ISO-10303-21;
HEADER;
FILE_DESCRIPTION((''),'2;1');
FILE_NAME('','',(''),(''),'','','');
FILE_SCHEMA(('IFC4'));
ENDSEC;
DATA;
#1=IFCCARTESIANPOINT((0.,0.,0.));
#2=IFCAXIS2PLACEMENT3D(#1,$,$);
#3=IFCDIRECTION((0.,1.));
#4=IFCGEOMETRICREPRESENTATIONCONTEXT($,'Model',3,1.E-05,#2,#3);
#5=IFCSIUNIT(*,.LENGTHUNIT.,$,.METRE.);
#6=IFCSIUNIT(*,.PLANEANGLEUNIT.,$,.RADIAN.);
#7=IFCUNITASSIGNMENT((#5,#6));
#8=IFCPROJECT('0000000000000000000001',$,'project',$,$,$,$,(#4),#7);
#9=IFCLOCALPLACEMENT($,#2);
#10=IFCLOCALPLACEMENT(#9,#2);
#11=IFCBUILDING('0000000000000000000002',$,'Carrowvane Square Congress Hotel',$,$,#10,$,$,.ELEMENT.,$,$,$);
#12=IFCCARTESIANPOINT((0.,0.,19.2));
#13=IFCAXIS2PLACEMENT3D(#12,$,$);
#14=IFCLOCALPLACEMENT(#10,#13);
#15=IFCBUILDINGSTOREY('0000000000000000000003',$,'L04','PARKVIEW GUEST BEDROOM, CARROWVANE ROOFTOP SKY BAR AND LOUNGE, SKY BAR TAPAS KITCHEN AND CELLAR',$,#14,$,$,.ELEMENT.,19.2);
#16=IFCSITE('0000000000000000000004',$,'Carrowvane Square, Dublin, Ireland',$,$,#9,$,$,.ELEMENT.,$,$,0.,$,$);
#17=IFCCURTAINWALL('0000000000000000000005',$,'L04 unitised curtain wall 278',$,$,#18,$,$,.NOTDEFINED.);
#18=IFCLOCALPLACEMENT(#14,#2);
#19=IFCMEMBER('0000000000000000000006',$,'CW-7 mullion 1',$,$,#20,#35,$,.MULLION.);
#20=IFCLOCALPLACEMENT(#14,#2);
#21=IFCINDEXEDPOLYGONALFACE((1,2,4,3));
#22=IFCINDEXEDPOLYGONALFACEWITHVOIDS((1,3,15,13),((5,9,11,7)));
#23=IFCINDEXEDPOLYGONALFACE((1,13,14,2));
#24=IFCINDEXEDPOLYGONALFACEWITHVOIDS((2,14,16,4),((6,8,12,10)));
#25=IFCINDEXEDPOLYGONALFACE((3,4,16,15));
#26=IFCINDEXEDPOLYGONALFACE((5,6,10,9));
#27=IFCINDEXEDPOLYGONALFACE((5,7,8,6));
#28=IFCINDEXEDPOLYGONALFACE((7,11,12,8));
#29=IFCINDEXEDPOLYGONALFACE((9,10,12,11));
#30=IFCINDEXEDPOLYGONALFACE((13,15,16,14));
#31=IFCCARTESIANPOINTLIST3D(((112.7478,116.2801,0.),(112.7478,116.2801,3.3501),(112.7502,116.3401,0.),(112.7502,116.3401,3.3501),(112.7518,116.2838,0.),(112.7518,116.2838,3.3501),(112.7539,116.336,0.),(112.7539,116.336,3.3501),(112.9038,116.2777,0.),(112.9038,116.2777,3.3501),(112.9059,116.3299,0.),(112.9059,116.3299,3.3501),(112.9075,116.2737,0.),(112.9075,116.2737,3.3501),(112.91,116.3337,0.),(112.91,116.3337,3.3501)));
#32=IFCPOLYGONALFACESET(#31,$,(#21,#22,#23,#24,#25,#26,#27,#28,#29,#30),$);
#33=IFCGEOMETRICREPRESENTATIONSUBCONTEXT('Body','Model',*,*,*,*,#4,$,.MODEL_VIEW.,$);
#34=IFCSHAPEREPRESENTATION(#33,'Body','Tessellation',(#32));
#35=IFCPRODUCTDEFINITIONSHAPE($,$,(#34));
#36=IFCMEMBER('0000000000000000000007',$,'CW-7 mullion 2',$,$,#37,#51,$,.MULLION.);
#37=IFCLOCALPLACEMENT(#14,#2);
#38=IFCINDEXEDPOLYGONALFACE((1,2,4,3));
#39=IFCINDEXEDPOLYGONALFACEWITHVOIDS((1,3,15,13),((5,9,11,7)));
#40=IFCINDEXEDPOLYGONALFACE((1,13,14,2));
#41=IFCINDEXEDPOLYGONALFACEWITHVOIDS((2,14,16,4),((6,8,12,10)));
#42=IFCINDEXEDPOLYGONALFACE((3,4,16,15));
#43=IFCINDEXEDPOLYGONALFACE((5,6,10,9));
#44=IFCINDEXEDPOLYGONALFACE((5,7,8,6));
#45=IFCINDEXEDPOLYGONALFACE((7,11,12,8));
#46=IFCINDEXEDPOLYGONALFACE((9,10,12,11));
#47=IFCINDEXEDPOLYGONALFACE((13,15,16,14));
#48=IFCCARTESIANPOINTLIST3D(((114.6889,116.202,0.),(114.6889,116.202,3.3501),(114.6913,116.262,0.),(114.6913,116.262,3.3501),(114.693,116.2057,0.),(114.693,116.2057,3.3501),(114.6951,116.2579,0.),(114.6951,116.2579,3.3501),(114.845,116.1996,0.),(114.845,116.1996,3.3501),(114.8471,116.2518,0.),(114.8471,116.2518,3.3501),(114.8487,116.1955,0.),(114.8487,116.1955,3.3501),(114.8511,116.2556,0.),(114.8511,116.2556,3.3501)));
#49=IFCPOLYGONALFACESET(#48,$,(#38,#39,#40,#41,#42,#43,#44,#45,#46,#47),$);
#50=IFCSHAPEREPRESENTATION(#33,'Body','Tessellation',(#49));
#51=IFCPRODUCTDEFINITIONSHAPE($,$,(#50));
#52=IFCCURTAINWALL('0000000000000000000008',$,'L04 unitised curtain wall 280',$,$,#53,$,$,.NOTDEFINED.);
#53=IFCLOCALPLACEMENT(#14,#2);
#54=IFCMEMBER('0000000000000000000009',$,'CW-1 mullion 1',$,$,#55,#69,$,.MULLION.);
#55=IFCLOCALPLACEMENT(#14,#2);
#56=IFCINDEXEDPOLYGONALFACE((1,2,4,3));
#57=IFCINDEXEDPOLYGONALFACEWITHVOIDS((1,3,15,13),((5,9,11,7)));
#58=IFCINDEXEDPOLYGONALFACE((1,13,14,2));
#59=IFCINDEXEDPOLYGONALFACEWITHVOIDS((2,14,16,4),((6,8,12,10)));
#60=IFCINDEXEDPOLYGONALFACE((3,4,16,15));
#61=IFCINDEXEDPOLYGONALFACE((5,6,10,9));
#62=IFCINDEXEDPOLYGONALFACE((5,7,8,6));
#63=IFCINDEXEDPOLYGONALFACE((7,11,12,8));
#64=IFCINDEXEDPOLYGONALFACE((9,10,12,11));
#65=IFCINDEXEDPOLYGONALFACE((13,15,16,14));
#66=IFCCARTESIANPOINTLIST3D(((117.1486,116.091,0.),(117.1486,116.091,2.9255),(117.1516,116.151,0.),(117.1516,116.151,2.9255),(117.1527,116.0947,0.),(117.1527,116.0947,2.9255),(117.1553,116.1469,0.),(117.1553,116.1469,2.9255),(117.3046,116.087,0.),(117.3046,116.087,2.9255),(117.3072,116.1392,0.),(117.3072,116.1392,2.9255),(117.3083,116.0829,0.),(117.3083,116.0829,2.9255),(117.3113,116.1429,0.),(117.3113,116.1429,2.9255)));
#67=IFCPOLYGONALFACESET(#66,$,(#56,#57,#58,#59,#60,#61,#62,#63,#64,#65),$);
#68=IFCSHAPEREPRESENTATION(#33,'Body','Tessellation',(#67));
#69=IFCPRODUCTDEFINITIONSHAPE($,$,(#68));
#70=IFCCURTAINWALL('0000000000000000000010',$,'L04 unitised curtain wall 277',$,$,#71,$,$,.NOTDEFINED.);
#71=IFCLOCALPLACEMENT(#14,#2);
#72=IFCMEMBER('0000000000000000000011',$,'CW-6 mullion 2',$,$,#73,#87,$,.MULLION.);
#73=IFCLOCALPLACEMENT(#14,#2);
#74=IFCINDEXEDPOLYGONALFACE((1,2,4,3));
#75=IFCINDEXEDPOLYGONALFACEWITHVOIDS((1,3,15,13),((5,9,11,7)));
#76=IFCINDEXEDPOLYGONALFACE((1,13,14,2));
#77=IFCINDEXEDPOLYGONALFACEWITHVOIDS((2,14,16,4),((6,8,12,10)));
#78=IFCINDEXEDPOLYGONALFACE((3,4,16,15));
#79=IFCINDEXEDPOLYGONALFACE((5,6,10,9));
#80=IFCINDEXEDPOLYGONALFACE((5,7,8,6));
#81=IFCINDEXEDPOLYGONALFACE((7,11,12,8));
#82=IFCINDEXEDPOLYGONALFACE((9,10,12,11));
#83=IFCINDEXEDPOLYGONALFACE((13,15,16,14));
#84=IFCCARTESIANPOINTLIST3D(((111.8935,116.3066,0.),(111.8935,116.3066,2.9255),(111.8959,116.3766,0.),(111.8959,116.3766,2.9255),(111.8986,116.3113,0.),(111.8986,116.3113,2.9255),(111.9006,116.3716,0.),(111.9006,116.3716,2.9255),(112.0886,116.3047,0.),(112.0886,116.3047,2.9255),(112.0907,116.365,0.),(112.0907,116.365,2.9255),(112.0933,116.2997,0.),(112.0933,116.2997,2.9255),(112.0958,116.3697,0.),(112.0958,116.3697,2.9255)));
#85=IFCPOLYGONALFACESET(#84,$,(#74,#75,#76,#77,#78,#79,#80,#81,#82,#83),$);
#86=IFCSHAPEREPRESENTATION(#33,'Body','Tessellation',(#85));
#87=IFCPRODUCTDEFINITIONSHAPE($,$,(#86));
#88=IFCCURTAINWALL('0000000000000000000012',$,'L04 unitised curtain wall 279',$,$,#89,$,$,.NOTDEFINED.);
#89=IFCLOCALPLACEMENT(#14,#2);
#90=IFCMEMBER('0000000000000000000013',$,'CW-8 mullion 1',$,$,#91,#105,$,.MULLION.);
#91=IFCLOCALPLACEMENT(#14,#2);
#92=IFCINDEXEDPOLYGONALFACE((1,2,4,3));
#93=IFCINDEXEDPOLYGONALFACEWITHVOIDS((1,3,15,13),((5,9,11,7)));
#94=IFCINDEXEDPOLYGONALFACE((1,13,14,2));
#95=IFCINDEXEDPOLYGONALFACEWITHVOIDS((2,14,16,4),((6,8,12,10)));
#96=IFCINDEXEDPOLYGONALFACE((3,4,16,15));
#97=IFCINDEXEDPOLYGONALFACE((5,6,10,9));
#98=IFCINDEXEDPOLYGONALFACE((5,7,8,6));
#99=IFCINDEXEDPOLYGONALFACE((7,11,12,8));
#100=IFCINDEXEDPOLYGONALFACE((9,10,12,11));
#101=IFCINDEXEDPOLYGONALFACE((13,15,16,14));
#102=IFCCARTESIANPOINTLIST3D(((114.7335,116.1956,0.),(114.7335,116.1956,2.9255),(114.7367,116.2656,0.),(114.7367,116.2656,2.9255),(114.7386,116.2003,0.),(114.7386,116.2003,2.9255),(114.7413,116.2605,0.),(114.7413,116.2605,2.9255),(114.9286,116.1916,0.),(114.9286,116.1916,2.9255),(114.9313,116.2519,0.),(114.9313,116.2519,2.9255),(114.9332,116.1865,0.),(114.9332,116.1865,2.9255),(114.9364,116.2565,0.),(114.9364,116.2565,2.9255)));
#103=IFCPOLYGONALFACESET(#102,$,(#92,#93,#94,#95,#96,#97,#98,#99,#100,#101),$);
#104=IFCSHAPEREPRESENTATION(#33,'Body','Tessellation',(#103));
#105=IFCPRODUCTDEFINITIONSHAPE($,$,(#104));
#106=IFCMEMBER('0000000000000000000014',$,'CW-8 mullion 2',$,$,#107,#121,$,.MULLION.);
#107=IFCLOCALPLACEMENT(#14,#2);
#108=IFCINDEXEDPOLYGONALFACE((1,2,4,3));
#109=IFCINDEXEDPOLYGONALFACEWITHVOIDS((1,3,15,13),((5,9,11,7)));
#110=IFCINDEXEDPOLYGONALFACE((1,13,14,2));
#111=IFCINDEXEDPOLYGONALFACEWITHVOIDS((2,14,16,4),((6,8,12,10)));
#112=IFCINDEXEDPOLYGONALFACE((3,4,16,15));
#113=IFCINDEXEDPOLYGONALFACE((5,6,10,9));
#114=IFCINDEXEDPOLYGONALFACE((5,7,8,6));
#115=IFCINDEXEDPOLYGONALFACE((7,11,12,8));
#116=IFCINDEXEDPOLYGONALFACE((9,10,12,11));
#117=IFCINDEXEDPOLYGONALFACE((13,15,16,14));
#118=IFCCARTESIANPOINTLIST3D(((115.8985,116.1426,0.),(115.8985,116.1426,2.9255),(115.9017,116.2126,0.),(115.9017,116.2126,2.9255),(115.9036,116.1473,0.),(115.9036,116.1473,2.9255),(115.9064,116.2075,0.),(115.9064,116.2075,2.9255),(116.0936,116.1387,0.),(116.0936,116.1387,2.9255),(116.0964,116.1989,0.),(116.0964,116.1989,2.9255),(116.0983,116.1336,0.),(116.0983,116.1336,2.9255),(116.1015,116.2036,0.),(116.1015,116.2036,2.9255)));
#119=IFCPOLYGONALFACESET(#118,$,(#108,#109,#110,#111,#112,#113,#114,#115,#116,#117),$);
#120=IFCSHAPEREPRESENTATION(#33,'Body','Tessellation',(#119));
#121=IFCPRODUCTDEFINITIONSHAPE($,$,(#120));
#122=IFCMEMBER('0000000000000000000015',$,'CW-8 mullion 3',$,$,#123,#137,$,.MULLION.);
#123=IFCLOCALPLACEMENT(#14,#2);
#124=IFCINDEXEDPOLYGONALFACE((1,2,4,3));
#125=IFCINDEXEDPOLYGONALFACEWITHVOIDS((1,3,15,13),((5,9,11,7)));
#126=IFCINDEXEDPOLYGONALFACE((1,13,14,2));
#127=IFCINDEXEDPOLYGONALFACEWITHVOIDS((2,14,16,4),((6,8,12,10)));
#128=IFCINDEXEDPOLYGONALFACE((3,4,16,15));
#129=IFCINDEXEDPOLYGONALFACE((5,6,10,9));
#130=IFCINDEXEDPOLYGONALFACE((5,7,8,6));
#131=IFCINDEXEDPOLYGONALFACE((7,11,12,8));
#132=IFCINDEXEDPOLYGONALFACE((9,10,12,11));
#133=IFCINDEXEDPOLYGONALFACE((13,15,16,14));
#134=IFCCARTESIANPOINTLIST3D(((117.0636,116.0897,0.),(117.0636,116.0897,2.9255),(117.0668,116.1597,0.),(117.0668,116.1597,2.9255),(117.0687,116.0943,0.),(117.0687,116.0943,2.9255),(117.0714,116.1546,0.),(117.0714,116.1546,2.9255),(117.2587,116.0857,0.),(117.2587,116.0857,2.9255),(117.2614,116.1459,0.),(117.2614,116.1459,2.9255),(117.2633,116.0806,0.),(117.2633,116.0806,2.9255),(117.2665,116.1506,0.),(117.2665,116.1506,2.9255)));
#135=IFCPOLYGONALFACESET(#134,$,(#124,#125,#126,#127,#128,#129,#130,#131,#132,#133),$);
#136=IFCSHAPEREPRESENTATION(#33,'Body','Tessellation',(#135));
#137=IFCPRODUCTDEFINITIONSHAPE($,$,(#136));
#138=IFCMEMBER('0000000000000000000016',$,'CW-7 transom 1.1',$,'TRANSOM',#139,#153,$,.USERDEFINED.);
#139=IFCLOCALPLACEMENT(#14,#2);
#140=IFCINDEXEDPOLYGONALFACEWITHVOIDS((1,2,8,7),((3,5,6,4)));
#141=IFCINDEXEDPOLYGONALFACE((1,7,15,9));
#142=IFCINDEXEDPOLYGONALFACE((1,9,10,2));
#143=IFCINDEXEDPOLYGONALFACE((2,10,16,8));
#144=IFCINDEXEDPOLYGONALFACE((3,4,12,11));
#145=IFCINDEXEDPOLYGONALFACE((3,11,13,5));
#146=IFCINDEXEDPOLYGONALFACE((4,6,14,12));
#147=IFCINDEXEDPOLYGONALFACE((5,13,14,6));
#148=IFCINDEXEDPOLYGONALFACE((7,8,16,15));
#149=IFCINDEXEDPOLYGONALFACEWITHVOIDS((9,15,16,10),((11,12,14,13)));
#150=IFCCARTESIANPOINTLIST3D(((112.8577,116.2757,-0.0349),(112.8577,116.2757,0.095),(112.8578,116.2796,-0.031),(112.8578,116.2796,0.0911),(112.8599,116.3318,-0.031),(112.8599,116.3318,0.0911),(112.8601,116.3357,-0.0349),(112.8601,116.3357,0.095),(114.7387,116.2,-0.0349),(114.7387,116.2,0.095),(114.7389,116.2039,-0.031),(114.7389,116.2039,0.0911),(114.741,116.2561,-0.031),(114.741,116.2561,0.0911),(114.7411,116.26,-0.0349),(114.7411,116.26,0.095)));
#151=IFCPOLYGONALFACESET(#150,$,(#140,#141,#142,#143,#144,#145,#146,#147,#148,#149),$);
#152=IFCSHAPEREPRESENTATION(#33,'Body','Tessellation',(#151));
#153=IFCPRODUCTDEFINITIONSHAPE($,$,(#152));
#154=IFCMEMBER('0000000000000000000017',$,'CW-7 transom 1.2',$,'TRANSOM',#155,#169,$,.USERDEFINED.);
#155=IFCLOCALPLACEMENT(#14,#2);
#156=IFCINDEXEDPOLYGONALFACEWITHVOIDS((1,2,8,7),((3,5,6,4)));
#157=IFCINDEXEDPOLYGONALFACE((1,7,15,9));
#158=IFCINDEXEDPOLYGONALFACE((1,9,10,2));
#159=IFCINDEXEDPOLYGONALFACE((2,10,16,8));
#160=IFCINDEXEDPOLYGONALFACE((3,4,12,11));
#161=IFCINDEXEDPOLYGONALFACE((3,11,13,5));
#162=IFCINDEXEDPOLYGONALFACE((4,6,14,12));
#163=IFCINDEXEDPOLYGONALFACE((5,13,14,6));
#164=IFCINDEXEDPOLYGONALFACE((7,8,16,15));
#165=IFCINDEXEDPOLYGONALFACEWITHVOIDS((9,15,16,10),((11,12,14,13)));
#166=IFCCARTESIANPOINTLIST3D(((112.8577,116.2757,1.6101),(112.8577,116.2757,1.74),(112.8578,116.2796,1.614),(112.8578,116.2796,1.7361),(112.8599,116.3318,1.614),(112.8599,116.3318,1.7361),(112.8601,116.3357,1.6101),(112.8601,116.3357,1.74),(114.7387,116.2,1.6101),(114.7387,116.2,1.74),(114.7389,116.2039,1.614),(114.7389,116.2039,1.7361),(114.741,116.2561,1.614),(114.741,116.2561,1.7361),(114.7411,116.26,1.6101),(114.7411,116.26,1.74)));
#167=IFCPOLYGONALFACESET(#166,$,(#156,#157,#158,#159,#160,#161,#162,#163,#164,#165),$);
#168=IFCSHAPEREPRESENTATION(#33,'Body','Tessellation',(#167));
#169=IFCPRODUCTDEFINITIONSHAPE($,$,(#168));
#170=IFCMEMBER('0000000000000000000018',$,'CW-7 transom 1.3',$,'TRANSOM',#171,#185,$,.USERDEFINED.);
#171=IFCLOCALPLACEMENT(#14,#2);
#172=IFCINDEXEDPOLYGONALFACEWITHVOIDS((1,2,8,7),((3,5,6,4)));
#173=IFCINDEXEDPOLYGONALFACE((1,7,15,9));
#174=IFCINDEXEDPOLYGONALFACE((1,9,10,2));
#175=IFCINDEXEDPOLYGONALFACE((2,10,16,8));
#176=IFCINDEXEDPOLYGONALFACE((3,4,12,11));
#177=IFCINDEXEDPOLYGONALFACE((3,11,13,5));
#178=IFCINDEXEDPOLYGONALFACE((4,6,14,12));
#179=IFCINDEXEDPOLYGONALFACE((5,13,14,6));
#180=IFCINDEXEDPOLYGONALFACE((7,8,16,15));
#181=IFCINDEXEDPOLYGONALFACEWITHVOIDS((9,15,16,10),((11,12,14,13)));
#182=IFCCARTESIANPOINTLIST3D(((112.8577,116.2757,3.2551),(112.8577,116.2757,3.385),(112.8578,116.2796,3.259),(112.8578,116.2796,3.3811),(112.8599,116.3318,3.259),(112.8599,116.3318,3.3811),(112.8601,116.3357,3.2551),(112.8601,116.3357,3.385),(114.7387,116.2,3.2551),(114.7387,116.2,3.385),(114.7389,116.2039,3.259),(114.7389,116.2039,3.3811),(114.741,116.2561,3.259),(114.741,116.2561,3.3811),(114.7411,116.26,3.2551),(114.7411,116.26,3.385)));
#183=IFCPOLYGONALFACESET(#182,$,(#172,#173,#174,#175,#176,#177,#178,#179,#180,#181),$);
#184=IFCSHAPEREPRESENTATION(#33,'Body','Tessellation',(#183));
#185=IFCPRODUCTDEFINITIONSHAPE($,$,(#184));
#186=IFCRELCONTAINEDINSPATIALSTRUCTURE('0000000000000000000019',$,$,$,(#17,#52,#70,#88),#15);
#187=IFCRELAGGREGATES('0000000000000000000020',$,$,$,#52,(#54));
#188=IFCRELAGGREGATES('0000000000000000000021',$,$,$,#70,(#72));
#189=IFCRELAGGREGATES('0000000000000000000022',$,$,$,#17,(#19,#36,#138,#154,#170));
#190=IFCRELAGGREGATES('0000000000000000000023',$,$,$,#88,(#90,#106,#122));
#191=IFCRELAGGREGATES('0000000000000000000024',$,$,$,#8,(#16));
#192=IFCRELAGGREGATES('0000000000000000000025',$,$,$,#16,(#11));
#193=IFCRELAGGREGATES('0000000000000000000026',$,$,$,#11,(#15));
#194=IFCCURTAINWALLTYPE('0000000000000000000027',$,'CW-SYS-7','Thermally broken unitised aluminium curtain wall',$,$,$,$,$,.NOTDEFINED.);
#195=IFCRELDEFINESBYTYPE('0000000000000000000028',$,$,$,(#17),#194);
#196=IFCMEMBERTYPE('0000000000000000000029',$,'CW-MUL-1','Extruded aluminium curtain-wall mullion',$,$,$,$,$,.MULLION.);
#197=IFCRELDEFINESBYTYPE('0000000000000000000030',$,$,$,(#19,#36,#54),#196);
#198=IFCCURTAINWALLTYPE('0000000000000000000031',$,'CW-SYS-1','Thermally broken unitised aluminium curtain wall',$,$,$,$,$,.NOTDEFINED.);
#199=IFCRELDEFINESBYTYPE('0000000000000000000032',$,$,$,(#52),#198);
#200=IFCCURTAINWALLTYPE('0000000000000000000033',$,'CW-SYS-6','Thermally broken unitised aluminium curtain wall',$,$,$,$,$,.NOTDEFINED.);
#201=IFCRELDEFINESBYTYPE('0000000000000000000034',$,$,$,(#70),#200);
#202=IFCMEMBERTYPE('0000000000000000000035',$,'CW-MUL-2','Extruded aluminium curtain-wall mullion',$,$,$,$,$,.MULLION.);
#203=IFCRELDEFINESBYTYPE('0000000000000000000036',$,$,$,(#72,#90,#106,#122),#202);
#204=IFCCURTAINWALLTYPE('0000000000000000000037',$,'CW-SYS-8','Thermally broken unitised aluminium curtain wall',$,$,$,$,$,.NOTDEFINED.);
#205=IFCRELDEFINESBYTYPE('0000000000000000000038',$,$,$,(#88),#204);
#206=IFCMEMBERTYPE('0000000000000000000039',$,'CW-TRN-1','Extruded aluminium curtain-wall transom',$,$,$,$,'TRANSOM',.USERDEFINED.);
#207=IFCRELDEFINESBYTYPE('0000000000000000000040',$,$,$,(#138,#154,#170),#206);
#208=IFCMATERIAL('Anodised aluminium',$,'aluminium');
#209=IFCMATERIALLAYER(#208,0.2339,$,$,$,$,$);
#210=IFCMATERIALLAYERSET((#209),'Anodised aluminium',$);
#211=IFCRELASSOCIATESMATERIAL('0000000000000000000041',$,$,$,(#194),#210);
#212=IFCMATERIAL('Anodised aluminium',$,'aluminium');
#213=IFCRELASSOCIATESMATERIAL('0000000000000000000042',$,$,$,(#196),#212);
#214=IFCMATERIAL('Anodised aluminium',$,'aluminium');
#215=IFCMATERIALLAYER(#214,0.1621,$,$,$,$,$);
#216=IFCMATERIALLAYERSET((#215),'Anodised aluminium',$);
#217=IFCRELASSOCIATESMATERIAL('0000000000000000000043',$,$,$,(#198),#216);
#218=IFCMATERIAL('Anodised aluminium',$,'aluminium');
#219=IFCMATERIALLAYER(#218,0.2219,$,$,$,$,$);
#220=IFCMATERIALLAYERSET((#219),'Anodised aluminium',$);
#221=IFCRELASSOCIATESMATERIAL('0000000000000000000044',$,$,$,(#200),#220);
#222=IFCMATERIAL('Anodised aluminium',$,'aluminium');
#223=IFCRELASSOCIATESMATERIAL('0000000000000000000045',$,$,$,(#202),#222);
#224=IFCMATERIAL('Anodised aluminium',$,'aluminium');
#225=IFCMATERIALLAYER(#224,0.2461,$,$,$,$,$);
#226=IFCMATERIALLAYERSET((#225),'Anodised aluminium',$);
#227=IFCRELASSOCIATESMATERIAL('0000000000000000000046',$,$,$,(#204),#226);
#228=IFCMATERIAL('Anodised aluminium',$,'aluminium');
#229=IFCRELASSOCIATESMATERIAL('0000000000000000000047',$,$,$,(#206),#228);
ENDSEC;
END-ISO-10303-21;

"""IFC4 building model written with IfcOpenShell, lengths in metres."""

from ifc_helpers import new_model, si_unit, direction, frame, origin, origin_2d, place, context, subcontext, project, spatial, hollow_rectangle, extrude, material, layer, layer_set, material_profile, profile_set, type_object, element, aggregate, save


model = new_model("IFC4")

# Units and contexts
model_context = context("Model", 3, precision=1e-05, world=origin(), true_north=direction((0.0, 1.0)))
body_context = subcontext(model_context, "Body", "Model", "MODEL_VIEW")
ifc_project = project(units=[si_unit("LENGTHUNIT", "METRE"), si_unit("PLANEANGLEUNIT", "RADIAN")], contexts=[model_context])

# Site, building, storey
site_placement = place(None, origin())
site = spatial("IfcSite", under=ifc_project, at=site_placement, Name="Carrowvane Square, Dublin, Ireland", CompositionType="ELEMENT", RefElevation=0.0)
building_placement = place(site_placement, origin())
building = spatial("IfcBuilding", under=site, at=building_placement, Name="Carrowvane Square Congress Hotel", CompositionType="ELEMENT")
storey_placement = place(building_placement, frame((0.0, 0.0, 19.2)))
storey = spatial("IfcBuildingStorey", under=building, at=storey_placement, Name="L04", Description="PARKVIEW GUEST BEDROOM, CARROWVANE ROOFTOP SKY BAR AND LOUNGE, SKY BAR TAPAS KITCHEN AND CELLAR", CompositionType="ELEMENT", Elevation=19.2)

# Curtain wall, members
ifc_material_1 = material(Name="Anodised aluminium", Category="aluminium")
ifc_layer_1 = layer(ifc_material_1, 0.2339)
ifc_layer_set_1 = layer_set([ifc_layer_1], Name="Anodised aluminium")
curtain_wall_type_1 = type_object("IfcCurtainWallType", Name="CW-SYS-7", Description="Thermally broken unitised aluminium curtain wall", PredefinedType="NOTDEFINED", material=ifc_layer_set_1)
curtain_wall_1_placement = place(storey_placement, origin())
curtain_wall_1 = element("IfcCurtainWall", 1, at=curtain_wall_1_placement, inside=storey, type_object=curtain_wall_type_1, Name="L04 unitised curtain wall 278", PredefinedType="NOTDEFINED")
ifc_material_2 = material(Name="Anodised aluminium", Category="aluminium")
ifc_material_profile_1 = material_profile(ifc_material_2, hollow_rectangle(XDim=0.0601, YDim=0.1599, WallThickness=0.0039, at=origin_2d()), Name="CW-ML 60x160x4")
ifc_profile_set_1 = profile_set([ifc_material_profile_1], Name="Anodised aluminium")
member_type_1 = type_object("IfcMemberType", Name="CW-MUL-1", Description="Extruded aluminium curtain-wall mullion", PredefinedType="MULLION", material=ifc_profile_set_1)
member_1_placement = place(storey_placement, frame((112.8289, 116.3069, 0.0), z_axis=(0.0, 0.0, 1.0), x_axis=(0.040131, 0.999194, 0.0)))
member_1 = element("IfcMember", 2, at=member_1_placement, type_object=member_type_1, Name="CW-7 mullion 1", PredefinedType="MULLION", context=body_context, shape_type="SweptSolid", body=[
    extrude(hollow_rectangle(XDim=0.0601, YDim=0.1599, WallThickness=0.0039, at=origin_2d()), origin(), (0.0, 0.0, 1.0), 3.3501),
])
member_2_placement = place(storey_placement, frame((114.77, 116.2288, 0.0), z_axis=(0.0, 0.0, 1.0), x_axis=(0.040131, 0.999194, 0.0)))
member_2 = element("IfcMember", 3, at=member_2_placement, type_object=member_type_1, Name="CW-7 mullion 2", PredefinedType="MULLION", context=body_context, shape_type="SweptSolid", body=[
    extrude(hollow_rectangle(XDim=0.0601, YDim=0.1599, WallThickness=0.0039, at=origin_2d()), origin(), (0.0, 0.0, 1.0), 3.3501),
])

# Curtain walls, members
ifc_material_3 = material(Name="Anodised aluminium", Category="aluminium")
ifc_layer_2 = layer(ifc_material_3, 0.1621)
ifc_layer_set_2 = layer_set([ifc_layer_2], Name="Anodised aluminium")
curtain_wall_type_2 = type_object("IfcCurtainWallType", Name="CW-SYS-1", Description="Thermally broken unitised aluminium curtain wall", PredefinedType="NOTDEFINED", material=ifc_layer_set_2)
curtain_wall_2_placement = place(storey_placement, origin())
curtain_wall_2 = element("IfcCurtainWall", 4, at=curtain_wall_2_placement, inside=storey, type_object=curtain_wall_type_2, Name="L04 unitised curtain wall 280", PredefinedType="NOTDEFINED")
member_3_placement = place(storey_placement, frame((117.23, 116.1169, 0.0), z_axis=(0.0, 0.0, 1.0), x_axis=(0.050324, 0.998733, 0.0)))
member_3 = element("IfcMember", 5, at=member_3_placement, type_object=member_type_1, Name="CW-1 mullion 1", PredefinedType="MULLION", context=body_context, shape_type="SweptSolid", body=[
    extrude(hollow_rectangle(XDim=0.0601, YDim=0.1599, WallThickness=0.0039, at=origin_2d()), origin(), (0.0, 0.0, 1.0), 2.9255),
])
aggregate(curtain_wall_2, [member_3])
ifc_material_4 = material(Name="Anodised aluminium", Category="aluminium")
ifc_layer_3 = layer(ifc_material_4, 0.2219)
ifc_layer_set_3 = layer_set([ifc_layer_3], Name="Anodised aluminium")
curtain_wall_type_3 = type_object("IfcCurtainWallType", Name="CW-SYS-6", Description="Thermally broken unitised aluminium curtain wall", PredefinedType="NOTDEFINED", material=ifc_layer_set_3)
curtain_wall_3_placement = place(storey_placement, origin())
curtain_wall_3 = element("IfcCurtainWall", 6, at=curtain_wall_3_placement, inside=storey, type_object=curtain_wall_type_3, Name="L04 unitised curtain wall 277", PredefinedType="NOTDEFINED")
ifc_material_5 = material(Name="Anodised aluminium", Category="aluminium")
ifc_material_profile_2 = material_profile(ifc_material_5, hollow_rectangle(XDim=0.0701, YDim=0.2, WallThickness=0.0049, at=origin_2d()), Name="CW-ML 70x200x5")
ifc_profile_set_2 = profile_set([ifc_material_profile_2], Name="Anodised aluminium")
member_type_2 = type_object("IfcMemberType", Name="CW-MUL-2", Description="Extruded aluminium curtain-wall mullion", PredefinedType="MULLION", material=ifc_profile_set_2)
member_4_placement = place(storey_placement, frame((111.9946, 116.3381, 0.0), z_axis=(0.0, 0.0, 1.0), x_axis=(0.03453, 0.999404, 0.0)))
member_4 = element("IfcMember", 7, at=member_4_placement, type_object=member_type_2, Name="CW-6 mullion 2", PredefinedType="MULLION", context=body_context, shape_type="SweptSolid", body=[
    extrude(hollow_rectangle(XDim=0.0701, YDim=0.2, WallThickness=0.0049, at=origin_2d()), origin(), (0.0, 0.0, 1.0), 2.9255),
])
aggregate(curtain_wall_3, [member_4])

# Curtain wall, members
ifc_material_6 = material(Name="Anodised aluminium", Category="aluminium")
ifc_layer_4 = layer(ifc_material_6, 0.2461)
ifc_layer_set_4 = layer_set([ifc_layer_4], Name="Anodised aluminium")
curtain_wall_type_4 = type_object("IfcCurtainWallType", Name="CW-SYS-8", Description="Thermally broken unitised aluminium curtain wall", PredefinedType="NOTDEFINED", material=ifc_layer_set_4)
curtain_wall_4_placement = place(storey_placement, origin())
curtain_wall_4 = element("IfcCurtainWall", 8, at=curtain_wall_4_placement, inside=storey, type_object=curtain_wall_type_4, Name="L04 unitised curtain wall 279", PredefinedType="NOTDEFINED")
member_5_placement = place(storey_placement, frame((114.835, 116.2261, 0.0), z_axis=(0.0, 0.0, 1.0), x_axis=(0.045411, 0.998968, 0.0)))
member_5 = element("IfcMember", 9, at=member_5_placement, type_object=member_type_2, Name="CW-8 mullion 1", PredefinedType="MULLION", context=body_context, shape_type="SweptSolid", body=[
    extrude(hollow_rectangle(XDim=0.0701, YDim=0.2, WallThickness=0.0049, at=origin_2d()), origin(), (0.0, 0.0, 1.0), 2.9255),
])
member_6_placement = place(storey_placement, frame((116.0, 116.1731, 0.0), z_axis=(0.0, 0.0, 1.0), x_axis=(0.045411, 0.998968, 0.0)))
member_6 = element("IfcMember", 10, at=member_6_placement, type_object=member_type_2, Name="CW-8 mullion 2", PredefinedType="MULLION", context=body_context, shape_type="SweptSolid", body=[
    extrude(hollow_rectangle(XDim=0.0701, YDim=0.2, WallThickness=0.0049, at=origin_2d()), origin(), (0.0, 0.0, 1.0), 2.9255),
])
member_7_placement = place(storey_placement, frame((117.165, 116.1201, 0.0), z_axis=(0.0, 0.0, 1.0), x_axis=(0.045411, 0.998968, 0.0)))
member_7 = element("IfcMember", 11, at=member_7_placement, type_object=member_type_2, Name="CW-8 mullion 3", PredefinedType="MULLION", context=body_context, shape_type="SweptSolid", body=[
    extrude(hollow_rectangle(XDim=0.0701, YDim=0.2, WallThickness=0.0049, at=origin_2d()), origin(), (0.0, 0.0, 1.0), 2.9255),
])

# Members
ifc_material_7 = material(Name="Anodised aluminium", Category="aluminium")
ifc_material_profile_3 = material_profile(ifc_material_7, hollow_rectangle(XDim=0.0601, YDim=0.1299, WallThickness=0.0039, at=origin_2d()), Name="CW-TR 60x130x4")
ifc_profile_set_3 = profile_set([ifc_material_profile_3], Name="Anodised aluminium")
member_type_3 = type_object("IfcMemberType", Name="CW-TRN-1", Description="Extruded aluminium curtain-wall transom", ElementType="TRANSOM", PredefinedType="USERDEFINED", material=ifc_profile_set_3)
member_8_placement = place(storey_placement, frame((112.8589, 116.3057, 0.03), z_axis=(0.999192, -0.040201, 0.0), x_axis=(0.040201, 0.999192, 0.0)))
member_8 = element("IfcMember", 12, at=member_8_placement, type_object=member_type_3, Name="CW-7 transom 1.1", ObjectType="TRANSOM", PredefinedType="USERDEFINED", context=body_context, shape_type="SweptSolid", body=[
    extrude(hollow_rectangle(XDim=0.0601, YDim=0.1299, WallThickness=0.0039, at=origin_2d()), origin(), (0.0, 0.0, 1.0), 1.8826),
])
member_9_placement = place(storey_placement, frame((112.8589, 116.3057, 1.675), z_axis=(0.999192, -0.040201, 0.0), x_axis=(0.040201, 0.999192, 0.0)))
member_9 = element("IfcMember", 13, at=member_9_placement, type_object=member_type_3, Name="CW-7 transom 1.2", ObjectType="TRANSOM", PredefinedType="USERDEFINED", context=body_context, shape_type="SweptSolid", body=[
    extrude(hollow_rectangle(XDim=0.0601, YDim=0.1299, WallThickness=0.0039, at=origin_2d()), origin(), (0.0, 0.0, 1.0), 1.8826),
])
member_10_placement = place(storey_placement, frame((112.8589, 116.3057, 3.3201), z_axis=(0.999192, -0.040201, 0.0), x_axis=(0.040201, 0.999192, 0.0)))
member_10 = element("IfcMember", 14, at=member_10_placement, type_object=member_type_3, Name="CW-7 transom 1.3", ObjectType="TRANSOM", PredefinedType="USERDEFINED", context=body_context, shape_type="SweptSolid", body=[
    extrude(hollow_rectangle(XDim=0.0601, YDim=0.1299, WallThickness=0.0039, at=origin_2d()), origin(), (0.0, 0.0, 1.0), 1.8826),
])

aggregate(curtain_wall_1, [member_1, member_2, member_8, member_9, member_10])
aggregate(curtain_wall_4, [member_5, member_6, member_7])

save(model, "model.ifc")
